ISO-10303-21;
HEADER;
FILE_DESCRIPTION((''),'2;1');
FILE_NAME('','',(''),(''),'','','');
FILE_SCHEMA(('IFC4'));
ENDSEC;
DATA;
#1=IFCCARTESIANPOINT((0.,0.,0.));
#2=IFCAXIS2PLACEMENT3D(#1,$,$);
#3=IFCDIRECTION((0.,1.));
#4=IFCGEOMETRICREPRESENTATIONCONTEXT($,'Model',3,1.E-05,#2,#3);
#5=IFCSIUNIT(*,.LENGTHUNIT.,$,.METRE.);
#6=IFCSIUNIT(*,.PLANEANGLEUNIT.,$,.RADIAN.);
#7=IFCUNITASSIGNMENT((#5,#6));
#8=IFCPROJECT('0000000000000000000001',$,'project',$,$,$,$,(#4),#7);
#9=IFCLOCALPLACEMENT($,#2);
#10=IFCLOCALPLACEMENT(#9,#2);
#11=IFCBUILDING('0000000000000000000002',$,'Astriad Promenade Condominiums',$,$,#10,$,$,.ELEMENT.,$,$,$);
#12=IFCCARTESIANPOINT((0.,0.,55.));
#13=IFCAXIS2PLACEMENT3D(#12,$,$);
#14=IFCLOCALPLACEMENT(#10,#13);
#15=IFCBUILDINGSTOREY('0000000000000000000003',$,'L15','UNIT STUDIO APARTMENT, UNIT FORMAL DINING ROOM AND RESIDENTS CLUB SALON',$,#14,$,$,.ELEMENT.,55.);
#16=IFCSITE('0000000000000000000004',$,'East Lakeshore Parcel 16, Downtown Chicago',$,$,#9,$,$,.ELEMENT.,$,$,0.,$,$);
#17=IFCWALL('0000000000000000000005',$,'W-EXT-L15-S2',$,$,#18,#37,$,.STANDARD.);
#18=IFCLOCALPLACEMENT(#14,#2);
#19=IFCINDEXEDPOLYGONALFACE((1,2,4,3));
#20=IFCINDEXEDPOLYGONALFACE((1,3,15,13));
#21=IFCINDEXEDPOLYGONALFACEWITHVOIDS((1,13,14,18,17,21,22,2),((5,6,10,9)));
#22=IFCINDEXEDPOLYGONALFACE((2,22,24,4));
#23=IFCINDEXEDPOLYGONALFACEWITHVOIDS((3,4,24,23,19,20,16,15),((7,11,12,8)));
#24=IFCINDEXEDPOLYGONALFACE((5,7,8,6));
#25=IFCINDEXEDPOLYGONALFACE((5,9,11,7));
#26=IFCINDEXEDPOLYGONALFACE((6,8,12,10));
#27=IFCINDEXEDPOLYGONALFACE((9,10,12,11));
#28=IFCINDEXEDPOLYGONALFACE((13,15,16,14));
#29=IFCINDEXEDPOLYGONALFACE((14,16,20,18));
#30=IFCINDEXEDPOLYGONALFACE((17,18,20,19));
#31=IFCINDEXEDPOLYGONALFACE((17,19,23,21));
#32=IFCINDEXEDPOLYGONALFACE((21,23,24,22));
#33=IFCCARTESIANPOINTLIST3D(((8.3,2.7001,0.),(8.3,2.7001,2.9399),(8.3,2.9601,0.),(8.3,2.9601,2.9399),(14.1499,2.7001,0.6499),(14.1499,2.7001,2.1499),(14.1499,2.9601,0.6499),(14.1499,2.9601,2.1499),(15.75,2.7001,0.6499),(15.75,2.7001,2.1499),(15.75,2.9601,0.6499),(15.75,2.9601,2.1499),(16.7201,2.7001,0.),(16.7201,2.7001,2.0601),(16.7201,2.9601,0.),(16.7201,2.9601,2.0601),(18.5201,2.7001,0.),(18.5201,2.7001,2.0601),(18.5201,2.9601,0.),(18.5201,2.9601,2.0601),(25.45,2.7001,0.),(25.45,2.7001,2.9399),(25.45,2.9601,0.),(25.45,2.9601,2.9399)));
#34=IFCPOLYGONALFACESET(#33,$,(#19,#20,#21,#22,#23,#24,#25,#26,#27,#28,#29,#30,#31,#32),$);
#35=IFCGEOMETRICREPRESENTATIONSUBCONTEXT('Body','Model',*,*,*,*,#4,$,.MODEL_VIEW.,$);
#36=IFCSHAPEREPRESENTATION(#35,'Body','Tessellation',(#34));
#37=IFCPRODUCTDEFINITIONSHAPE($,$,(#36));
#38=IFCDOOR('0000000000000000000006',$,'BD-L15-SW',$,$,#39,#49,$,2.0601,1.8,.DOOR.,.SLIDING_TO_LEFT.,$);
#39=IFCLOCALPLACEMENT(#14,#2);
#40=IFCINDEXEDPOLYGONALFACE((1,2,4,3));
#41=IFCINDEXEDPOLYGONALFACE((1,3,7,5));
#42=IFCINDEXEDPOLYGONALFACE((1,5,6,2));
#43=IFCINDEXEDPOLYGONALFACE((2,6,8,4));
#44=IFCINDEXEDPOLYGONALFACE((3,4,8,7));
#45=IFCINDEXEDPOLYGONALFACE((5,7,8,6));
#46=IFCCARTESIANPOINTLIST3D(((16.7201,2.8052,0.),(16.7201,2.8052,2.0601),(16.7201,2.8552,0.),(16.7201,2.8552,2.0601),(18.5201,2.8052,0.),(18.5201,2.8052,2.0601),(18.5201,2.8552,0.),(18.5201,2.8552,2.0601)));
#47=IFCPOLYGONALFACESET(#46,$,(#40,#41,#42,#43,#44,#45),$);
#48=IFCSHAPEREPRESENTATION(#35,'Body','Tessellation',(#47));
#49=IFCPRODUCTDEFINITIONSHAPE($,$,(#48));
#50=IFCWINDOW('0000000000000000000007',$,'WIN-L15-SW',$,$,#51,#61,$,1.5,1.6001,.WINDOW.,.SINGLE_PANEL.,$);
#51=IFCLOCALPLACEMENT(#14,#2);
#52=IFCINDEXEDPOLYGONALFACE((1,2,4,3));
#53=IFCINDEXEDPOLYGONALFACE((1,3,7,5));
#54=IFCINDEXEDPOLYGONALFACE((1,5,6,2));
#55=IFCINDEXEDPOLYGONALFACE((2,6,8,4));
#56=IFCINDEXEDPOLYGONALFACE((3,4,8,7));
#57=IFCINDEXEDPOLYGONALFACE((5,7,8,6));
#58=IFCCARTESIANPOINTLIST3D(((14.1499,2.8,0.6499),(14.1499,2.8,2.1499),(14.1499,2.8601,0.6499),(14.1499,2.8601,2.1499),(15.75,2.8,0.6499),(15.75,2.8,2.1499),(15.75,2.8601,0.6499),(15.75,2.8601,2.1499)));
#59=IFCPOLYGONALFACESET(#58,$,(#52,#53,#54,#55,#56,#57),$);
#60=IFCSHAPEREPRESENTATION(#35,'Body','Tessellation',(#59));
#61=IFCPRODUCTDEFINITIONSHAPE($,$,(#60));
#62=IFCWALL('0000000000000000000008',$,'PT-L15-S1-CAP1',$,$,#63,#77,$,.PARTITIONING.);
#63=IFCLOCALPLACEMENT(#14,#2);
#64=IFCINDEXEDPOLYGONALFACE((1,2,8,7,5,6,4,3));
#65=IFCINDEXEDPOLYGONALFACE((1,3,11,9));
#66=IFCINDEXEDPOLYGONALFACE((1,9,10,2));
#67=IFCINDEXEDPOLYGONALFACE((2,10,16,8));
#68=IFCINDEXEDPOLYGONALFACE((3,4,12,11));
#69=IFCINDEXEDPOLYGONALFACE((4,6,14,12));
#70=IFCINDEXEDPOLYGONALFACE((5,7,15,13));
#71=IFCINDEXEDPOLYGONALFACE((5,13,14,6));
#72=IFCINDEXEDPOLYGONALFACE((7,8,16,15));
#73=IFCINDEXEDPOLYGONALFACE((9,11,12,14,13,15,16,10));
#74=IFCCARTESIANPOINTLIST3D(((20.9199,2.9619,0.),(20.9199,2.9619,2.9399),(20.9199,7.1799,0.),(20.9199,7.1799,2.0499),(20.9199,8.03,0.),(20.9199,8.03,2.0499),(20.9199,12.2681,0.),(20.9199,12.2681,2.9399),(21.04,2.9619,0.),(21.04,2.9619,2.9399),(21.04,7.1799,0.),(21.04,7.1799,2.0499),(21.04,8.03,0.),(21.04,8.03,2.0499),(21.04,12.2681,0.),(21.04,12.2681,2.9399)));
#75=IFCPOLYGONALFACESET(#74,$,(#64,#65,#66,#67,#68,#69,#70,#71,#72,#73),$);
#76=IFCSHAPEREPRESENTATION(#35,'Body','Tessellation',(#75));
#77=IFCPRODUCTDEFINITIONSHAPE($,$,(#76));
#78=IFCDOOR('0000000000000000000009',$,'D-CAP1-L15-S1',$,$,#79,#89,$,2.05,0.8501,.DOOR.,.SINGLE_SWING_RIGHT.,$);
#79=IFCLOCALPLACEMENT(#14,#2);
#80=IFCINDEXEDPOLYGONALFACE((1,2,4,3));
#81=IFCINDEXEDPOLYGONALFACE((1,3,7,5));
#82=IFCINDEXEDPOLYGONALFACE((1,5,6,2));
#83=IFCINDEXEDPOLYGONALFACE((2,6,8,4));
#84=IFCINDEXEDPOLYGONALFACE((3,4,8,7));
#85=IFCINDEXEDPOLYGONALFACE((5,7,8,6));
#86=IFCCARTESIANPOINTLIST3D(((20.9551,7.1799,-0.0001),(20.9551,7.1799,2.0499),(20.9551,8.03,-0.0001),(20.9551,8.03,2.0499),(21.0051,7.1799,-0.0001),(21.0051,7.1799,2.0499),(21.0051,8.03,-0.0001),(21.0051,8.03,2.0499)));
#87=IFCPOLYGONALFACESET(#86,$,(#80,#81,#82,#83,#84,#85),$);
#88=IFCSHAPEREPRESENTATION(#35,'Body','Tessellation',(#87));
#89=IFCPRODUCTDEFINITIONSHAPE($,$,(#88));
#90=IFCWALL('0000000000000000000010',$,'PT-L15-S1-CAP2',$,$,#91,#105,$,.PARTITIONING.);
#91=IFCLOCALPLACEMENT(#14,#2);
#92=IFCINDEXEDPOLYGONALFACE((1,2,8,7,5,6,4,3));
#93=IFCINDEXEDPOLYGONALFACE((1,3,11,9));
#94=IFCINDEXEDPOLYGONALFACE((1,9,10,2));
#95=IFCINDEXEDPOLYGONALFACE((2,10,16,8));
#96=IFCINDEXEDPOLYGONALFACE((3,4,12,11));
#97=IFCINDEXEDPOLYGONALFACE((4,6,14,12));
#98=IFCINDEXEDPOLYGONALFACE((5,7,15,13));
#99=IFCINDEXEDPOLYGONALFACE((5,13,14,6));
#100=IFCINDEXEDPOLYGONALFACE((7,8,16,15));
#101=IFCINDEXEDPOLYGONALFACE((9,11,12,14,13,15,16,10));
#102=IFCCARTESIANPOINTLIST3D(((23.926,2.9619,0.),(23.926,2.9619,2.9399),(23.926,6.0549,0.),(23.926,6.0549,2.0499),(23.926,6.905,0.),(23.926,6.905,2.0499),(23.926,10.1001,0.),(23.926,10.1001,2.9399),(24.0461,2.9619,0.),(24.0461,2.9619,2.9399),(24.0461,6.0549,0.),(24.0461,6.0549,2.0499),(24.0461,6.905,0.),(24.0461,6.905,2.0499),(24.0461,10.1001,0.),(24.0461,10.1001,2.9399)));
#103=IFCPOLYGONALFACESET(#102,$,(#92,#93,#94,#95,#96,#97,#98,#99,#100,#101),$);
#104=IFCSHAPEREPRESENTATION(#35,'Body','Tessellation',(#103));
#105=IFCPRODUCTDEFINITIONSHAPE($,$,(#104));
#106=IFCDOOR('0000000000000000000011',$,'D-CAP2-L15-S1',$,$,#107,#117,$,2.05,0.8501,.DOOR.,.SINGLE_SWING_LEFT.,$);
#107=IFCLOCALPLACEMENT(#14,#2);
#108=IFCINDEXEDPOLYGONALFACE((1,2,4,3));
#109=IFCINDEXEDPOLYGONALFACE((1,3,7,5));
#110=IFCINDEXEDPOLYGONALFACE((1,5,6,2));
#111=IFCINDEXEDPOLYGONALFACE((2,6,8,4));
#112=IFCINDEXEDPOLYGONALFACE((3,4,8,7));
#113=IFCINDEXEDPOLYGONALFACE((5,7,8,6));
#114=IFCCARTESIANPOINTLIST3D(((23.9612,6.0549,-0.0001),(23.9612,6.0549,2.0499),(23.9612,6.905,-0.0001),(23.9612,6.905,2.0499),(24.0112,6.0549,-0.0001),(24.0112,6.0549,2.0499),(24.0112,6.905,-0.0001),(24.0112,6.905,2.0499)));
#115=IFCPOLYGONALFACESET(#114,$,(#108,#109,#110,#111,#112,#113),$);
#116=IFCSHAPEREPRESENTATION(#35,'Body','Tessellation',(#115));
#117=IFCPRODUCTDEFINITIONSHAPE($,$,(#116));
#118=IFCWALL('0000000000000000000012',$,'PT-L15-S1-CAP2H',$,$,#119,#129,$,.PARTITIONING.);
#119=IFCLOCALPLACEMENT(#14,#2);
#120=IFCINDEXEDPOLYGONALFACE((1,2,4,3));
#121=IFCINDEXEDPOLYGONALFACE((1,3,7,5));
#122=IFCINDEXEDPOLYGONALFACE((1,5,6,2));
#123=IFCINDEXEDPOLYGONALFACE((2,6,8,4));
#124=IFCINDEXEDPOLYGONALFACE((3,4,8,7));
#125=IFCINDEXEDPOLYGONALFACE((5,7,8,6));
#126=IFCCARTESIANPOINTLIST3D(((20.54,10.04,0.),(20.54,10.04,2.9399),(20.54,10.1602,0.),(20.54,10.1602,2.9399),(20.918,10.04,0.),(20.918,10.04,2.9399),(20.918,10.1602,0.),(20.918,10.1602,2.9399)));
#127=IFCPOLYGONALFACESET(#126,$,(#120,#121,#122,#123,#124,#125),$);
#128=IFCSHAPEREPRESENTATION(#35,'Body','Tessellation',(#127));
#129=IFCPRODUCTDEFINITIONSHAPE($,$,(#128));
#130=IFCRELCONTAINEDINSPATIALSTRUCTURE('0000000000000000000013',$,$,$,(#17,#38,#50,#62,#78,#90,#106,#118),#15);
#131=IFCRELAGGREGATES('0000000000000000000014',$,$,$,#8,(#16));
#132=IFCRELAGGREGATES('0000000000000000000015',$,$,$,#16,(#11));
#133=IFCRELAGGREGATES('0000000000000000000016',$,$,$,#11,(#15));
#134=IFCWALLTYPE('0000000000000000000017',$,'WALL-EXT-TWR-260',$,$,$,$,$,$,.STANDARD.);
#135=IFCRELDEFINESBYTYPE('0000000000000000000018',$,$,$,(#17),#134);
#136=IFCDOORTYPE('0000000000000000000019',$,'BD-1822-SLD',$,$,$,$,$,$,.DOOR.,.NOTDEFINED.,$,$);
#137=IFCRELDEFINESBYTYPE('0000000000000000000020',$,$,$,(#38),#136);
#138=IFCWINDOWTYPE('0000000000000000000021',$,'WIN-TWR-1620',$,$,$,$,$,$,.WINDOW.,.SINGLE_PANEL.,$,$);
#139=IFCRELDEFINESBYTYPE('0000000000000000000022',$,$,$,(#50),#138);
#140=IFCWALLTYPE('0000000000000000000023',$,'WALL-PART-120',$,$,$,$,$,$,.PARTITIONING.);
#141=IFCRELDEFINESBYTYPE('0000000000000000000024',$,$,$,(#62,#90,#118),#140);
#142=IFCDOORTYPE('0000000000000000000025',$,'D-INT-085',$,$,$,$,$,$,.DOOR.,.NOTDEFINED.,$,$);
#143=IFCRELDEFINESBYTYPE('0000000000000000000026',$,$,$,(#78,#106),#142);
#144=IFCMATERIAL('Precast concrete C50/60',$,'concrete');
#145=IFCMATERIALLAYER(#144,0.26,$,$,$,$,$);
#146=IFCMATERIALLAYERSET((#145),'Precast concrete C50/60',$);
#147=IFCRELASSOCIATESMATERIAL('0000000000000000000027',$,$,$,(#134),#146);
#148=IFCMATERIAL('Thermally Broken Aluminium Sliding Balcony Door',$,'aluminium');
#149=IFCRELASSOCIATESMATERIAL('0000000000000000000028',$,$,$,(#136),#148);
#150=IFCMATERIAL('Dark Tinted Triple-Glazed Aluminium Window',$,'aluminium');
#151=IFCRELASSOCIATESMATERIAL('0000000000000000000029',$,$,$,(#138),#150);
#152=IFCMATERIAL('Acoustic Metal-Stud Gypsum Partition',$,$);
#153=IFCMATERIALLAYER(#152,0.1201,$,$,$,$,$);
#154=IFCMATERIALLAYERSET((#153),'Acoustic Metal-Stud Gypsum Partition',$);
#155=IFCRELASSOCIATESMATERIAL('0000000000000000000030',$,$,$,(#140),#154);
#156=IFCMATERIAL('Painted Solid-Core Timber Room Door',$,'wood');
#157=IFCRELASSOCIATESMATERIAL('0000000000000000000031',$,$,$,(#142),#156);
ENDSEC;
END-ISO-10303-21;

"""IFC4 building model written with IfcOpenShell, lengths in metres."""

from ifc_helpers import new_model, si_unit, direction, frame, frame_2d, origin, place, context, subcontext, project, spatial, rectangle, extrude, source, transform, mapped, material, layer, layer_set, type_object, type_shapes, element, fill, save


model = new_model("IFC4")

# Units and contexts
model_context = context("Model", 3, precision=1e-05, world=origin(), true_north=direction((0.0, 1.0)))
body_context = subcontext(model_context, "Body", "Model", "MODEL_VIEW")
ifc_project = project(units=[si_unit("LENGTHUNIT", "METRE"), si_unit("PLANEANGLEUNIT", "RADIAN")], contexts=[model_context])

# Site, building, storey
site_placement = place(None, origin())
site = spatial("IfcSite", under=ifc_project, at=site_placement, Name="East Lakeshore Parcel 16, Downtown Chicago", CompositionType="ELEMENT", RefElevation=0.0)
building_placement = place(site_placement, origin())
building = spatial("IfcBuilding", under=site, at=building_placement, Name="Astriad Promenade Condominiums", CompositionType="ELEMENT")
storey_placement = place(building_placement, frame((0.0, 0.0, 55.0)))
storey = spatial("IfcBuildingStorey", under=building, at=storey_placement, Name="L15", Description="UNIT STUDIO APARTMENT, UNIT FORMAL DINING ROOM AND RESIDENTS CLUB SALON", CompositionType="ELEMENT", Elevation=55.0)

# Wall, openings, door, window
ifc_material_1 = material(Name="Precast concrete C50/60", Category="concrete")
ifc_layer_1 = layer(ifc_material_1, 0.26)
ifc_layer_set_1 = layer_set([ifc_layer_1], Name="Precast concrete C50/60")
wall_type_1 = type_object("IfcWallType", Name="WALL-EXT-TWR-260", PredefinedType="STANDARD", material=ifc_layer_set_1)
wall_1_placement = place(storey_placement, frame((25.45, 2.8301, 0.0), z_axis=(0.0, 0.0, 1.0), x_axis=(-1.0, 0.0, 0.0)))
wall_1 = element("IfcWall", 1, at=wall_1_placement, inside=storey, type_object=wall_type_1, Name="W-EXT-L15-S2", PredefinedType="STANDARD", context=body_context, shape_type="SweptSolid", body=[
    extrude(rectangle(XDim=17.1499, YDim=0.26, at=frame_2d((8.575, 0.0))), origin(), (0.0, 0.0, 1.0), 2.9399),
])
opening_1_placement = place(wall_1_placement, frame((6.9299, 0.0, 0.0)))
opening_1 = element("IfcOpeningElement", 2, at=opening_1_placement, cuts=wall_1, PredefinedType="OPENING", context=body_context, shape_type="SweptSolid", body=[
    extrude(rectangle(XDim=1.8, YDim=2.0601, at=frame_2d((0.8999, 1.03))), frame((0.0, 0.1399, 0.0), z_axis=(0.0, -1.0, 0.0), x_axis=(1.0, 0.0, 0.0)), (0.0, 0.0, 1.0), 0.28),
])
opening_2_placement = place(wall_1_placement, frame((9.7, 0.0, 0.6499)))
opening_2 = element("IfcOpeningElement", 3, at=opening_2_placement, cuts=wall_1, PredefinedType="OPENING", context=body_context, shape_type="SweptSolid", body=[
    extrude(rectangle(XDim=1.6001, YDim=1.5, at=frame_2d((0.8, 0.75))), frame((0.0, 0.1399, 0.0), z_axis=(0.0, -1.0, 0.0), x_axis=(1.0, 0.0, 0.0)), (0.0, 0.0, 1.0), 0.28),
])
ifc_material_2 = material(Name="Thermally Broken Aluminium Sliding Balcony Door", Category="aluminium")
door_type_1 = type_object("IfcDoorType", Name="BD-1822-SLD", OperationType="NOTDEFINED", PredefinedType="DOOR", material=ifc_material_2)
shared_shape_1 = source(origin(), body_context, "Body", "SweptSolid", [
    extrude(rectangle(XDim=1.8, YDim=2.0601, at=frame_2d((0.8999, 1.03))), frame((0.0, 0.0249, 0.0), z_axis=(0.0, -1.0, 0.0), x_axis=(1.0, 0.0, 0.0)), (0.0, 0.0, 1.0), 0.05),
])
type_shapes(door_type_1, [shared_shape_1])
door_1_placement = place(opening_1_placement, origin())
door_1 = element("IfcDoor", 4, at=door_1_placement, inside=storey, type_object=door_type_1, Name="BD-L15-SW", OperationType="SLIDING_TO_LEFT", OverallHeight=2.0601, OverallWidth=1.8, PredefinedType="DOOR", context=body_context, shape_type="MappedRepresentation", body=[
    mapped(shared_shape_1, transform((0.0, 0.0, 0.0), scale=1.0)),
])
fill(opening_1, door_1)
ifc_material_3 = material(Name="Dark Tinted Triple-Glazed Aluminium Window", Category="aluminium")
window_type = type_object("IfcWindowType", Name="WIN-TWR-1620", PartitioningType="SINGLE_PANEL", PredefinedType="WINDOW", material=ifc_material_3)
shared_shape_2 = source(origin(), body_context, "Body", "SweptSolid", [
    extrude(rectangle(XDim=1.6001, YDim=1.5, at=frame_2d((0.8, 0.75))), frame((0.0, 0.03, 0.0), z_axis=(0.0, -1.0, 0.0), x_axis=(1.0, 0.0, 0.0)), (0.0, 0.0, 1.0), 0.0601),
])
type_shapes(window_type, [shared_shape_2])
window_placement = place(opening_2_placement, origin())
window = element("IfcWindow", 5, at=window_placement, inside=storey, type_object=window_type, Name="WIN-L15-SW", OverallHeight=1.5, OverallWidth=1.6001, PartitioningType="SINGLE_PANEL", PredefinedType="WINDOW", context=body_context, shape_type="MappedRepresentation", body=[
    mapped(shared_shape_2, transform((0.0, 0.0, 0.0), scale=1.0)),
])
fill(opening_2, window)

# Walls, openings, doors
ifc_material_4 = material(Name="Acoustic Metal-Stud Gypsum Partition")
ifc_layer_2 = layer(ifc_material_4, 0.1201)
ifc_layer_set_2 = layer_set([ifc_layer_2], Name="Acoustic Metal-Stud Gypsum Partition")
wall_type_2 = type_object("IfcWallType", Name="WALL-PART-120", PredefinedType="PARTITIONING", material=ifc_layer_set_2)
wall_2_placement = place(storey_placement, frame((20.98, 2.9619, 0.0), z_axis=(0.0, 0.0, 1.0), x_axis=(0.0, 1.0, 0.0)))
wall_2 = element("IfcWall", 6, at=wall_2_placement, inside=storey, type_object=wall_type_2, Name="PT-L15-S1-CAP1", PredefinedType="PARTITIONING", context=body_context, shape_type="SweptSolid", body=[
    extrude(rectangle(XDim=9.3062, YDim=0.1201, at=frame_2d((4.6531, 0.0))), origin(), (0.0, 0.0, 1.0), 2.9399),
])
opening_3_placement = place(wall_2_placement, frame((4.218, 0.0, 0.0)))
opening_3 = element("IfcOpeningElement", 7, at=opening_3_placement, cuts=wall_2, PredefinedType="OPENING", context=body_context, shape_type="SweptSolid", body=[
    extrude(rectangle(XDim=0.8501, YDim=2.05, at=frame_2d((0.425, 1.0249))), frame((0.0, 0.0701, 0.0), z_axis=(0.0, -1.0, 0.0), x_axis=(1.0, 0.0, 0.0)), (0.0, 0.0, 1.0), 0.1401),
])
ifc_material_5 = material(Name="Painted Solid-Core Timber Room Door", Category="wood")
door_type_2 = type_object("IfcDoorType", Name="D-INT-085", OperationType="NOTDEFINED", PredefinedType="DOOR", material=ifc_material_5)
shared_shape_3 = source(origin(), body_context, "Body", "SweptSolid", [
    extrude(rectangle(XDim=0.8501, YDim=2.05, at=frame_2d((0.425, 1.0249))), frame((0.0, 0.0249, 0.0), z_axis=(0.0, -1.0, 0.0), x_axis=(1.0, 0.0, 0.0)), (0.0, 0.0, 1.0), 0.05),
])
type_shapes(door_type_2, [shared_shape_3])
door_2_placement = place(opening_3_placement, origin())
door_2 = element("IfcDoor", 8, at=door_2_placement, inside=storey, type_object=door_type_2, Name="D-CAP1-L15-S1", OperationType="SINGLE_SWING_RIGHT", OverallHeight=2.05, OverallWidth=0.8501, PredefinedType="DOOR", context=body_context, shape_type="MappedRepresentation", body=[
    mapped(shared_shape_3, transform((0.0, 0.0, 0.0), scale=1.0)),
])
fill(opening_3, door_2)
wall_3_placement = place(storey_placement, frame((23.9861, 2.9619, 0.0), z_axis=(0.0, 0.0, 1.0), x_axis=(0.0, 1.0, 0.0)))
wall_3 = element("IfcWall", 9, at=wall_3_placement, inside=storey, type_object=wall_type_2, Name="PT-L15-S1-CAP2", PredefinedType="PARTITIONING", context=body_context, shape_type="SweptSolid", body=[
    extrude(rectangle(XDim=7.1382, YDim=0.1201, at=frame_2d((3.5691, 0.0))), origin(), (0.0, 0.0, 1.0), 2.9399),
])
opening_4_placement = place(wall_3_placement, frame((3.093, 0.0, 0.0)))
opening_4 = element("IfcOpeningElement", 10, at=opening_4_placement, cuts=wall_3, PredefinedType="OPENING", context=body_context, shape_type="SweptSolid", body=[
    extrude(rectangle(XDim=0.8501, YDim=2.05, at=frame_2d((0.425, 1.0249))), frame((0.0, 0.0701, 0.0), z_axis=(0.0, -1.0, 0.0), x_axis=(1.0, 0.0, 0.0)), (0.0, 0.0, 1.0), 0.1401),
])
door_3_placement = place(opening_4_placement, origin())
door_3 = element("IfcDoor", 11, at=door_3_placement, inside=storey, type_object=door_type_2, Name="D-CAP2-L15-S1", OperationType="SINGLE_SWING_LEFT", OverallHeight=2.05, OverallWidth=0.8501, PredefinedType="DOOR", context=body_context, shape_type="MappedRepresentation", body=[
    mapped(shared_shape_3, transform((0.0, 0.0, 0.0), scale=1.0)),
])
fill(opening_4, door_3)

# Wall
wall_4_placement = place(storey_placement, frame((20.54, 10.1001, 0.0), z_axis=(0.0, 0.0, 1.0), x_axis=(1.0, 0.0, 0.0)))
element("IfcWall", 12, at=wall_4_placement, inside=storey, type_object=wall_type_2, Name="PT-L15-S1-CAP2H", PredefinedType="PARTITIONING", context=body_context, shape_type="SweptSolid", body=[
    extrude(rectangle(XDim=0.3779, YDim=0.1201, at=frame_2d((0.189, 0.0))), origin(), (0.0, 0.0, 1.0), 2.9399),
])

save(model, "model.ifc")
